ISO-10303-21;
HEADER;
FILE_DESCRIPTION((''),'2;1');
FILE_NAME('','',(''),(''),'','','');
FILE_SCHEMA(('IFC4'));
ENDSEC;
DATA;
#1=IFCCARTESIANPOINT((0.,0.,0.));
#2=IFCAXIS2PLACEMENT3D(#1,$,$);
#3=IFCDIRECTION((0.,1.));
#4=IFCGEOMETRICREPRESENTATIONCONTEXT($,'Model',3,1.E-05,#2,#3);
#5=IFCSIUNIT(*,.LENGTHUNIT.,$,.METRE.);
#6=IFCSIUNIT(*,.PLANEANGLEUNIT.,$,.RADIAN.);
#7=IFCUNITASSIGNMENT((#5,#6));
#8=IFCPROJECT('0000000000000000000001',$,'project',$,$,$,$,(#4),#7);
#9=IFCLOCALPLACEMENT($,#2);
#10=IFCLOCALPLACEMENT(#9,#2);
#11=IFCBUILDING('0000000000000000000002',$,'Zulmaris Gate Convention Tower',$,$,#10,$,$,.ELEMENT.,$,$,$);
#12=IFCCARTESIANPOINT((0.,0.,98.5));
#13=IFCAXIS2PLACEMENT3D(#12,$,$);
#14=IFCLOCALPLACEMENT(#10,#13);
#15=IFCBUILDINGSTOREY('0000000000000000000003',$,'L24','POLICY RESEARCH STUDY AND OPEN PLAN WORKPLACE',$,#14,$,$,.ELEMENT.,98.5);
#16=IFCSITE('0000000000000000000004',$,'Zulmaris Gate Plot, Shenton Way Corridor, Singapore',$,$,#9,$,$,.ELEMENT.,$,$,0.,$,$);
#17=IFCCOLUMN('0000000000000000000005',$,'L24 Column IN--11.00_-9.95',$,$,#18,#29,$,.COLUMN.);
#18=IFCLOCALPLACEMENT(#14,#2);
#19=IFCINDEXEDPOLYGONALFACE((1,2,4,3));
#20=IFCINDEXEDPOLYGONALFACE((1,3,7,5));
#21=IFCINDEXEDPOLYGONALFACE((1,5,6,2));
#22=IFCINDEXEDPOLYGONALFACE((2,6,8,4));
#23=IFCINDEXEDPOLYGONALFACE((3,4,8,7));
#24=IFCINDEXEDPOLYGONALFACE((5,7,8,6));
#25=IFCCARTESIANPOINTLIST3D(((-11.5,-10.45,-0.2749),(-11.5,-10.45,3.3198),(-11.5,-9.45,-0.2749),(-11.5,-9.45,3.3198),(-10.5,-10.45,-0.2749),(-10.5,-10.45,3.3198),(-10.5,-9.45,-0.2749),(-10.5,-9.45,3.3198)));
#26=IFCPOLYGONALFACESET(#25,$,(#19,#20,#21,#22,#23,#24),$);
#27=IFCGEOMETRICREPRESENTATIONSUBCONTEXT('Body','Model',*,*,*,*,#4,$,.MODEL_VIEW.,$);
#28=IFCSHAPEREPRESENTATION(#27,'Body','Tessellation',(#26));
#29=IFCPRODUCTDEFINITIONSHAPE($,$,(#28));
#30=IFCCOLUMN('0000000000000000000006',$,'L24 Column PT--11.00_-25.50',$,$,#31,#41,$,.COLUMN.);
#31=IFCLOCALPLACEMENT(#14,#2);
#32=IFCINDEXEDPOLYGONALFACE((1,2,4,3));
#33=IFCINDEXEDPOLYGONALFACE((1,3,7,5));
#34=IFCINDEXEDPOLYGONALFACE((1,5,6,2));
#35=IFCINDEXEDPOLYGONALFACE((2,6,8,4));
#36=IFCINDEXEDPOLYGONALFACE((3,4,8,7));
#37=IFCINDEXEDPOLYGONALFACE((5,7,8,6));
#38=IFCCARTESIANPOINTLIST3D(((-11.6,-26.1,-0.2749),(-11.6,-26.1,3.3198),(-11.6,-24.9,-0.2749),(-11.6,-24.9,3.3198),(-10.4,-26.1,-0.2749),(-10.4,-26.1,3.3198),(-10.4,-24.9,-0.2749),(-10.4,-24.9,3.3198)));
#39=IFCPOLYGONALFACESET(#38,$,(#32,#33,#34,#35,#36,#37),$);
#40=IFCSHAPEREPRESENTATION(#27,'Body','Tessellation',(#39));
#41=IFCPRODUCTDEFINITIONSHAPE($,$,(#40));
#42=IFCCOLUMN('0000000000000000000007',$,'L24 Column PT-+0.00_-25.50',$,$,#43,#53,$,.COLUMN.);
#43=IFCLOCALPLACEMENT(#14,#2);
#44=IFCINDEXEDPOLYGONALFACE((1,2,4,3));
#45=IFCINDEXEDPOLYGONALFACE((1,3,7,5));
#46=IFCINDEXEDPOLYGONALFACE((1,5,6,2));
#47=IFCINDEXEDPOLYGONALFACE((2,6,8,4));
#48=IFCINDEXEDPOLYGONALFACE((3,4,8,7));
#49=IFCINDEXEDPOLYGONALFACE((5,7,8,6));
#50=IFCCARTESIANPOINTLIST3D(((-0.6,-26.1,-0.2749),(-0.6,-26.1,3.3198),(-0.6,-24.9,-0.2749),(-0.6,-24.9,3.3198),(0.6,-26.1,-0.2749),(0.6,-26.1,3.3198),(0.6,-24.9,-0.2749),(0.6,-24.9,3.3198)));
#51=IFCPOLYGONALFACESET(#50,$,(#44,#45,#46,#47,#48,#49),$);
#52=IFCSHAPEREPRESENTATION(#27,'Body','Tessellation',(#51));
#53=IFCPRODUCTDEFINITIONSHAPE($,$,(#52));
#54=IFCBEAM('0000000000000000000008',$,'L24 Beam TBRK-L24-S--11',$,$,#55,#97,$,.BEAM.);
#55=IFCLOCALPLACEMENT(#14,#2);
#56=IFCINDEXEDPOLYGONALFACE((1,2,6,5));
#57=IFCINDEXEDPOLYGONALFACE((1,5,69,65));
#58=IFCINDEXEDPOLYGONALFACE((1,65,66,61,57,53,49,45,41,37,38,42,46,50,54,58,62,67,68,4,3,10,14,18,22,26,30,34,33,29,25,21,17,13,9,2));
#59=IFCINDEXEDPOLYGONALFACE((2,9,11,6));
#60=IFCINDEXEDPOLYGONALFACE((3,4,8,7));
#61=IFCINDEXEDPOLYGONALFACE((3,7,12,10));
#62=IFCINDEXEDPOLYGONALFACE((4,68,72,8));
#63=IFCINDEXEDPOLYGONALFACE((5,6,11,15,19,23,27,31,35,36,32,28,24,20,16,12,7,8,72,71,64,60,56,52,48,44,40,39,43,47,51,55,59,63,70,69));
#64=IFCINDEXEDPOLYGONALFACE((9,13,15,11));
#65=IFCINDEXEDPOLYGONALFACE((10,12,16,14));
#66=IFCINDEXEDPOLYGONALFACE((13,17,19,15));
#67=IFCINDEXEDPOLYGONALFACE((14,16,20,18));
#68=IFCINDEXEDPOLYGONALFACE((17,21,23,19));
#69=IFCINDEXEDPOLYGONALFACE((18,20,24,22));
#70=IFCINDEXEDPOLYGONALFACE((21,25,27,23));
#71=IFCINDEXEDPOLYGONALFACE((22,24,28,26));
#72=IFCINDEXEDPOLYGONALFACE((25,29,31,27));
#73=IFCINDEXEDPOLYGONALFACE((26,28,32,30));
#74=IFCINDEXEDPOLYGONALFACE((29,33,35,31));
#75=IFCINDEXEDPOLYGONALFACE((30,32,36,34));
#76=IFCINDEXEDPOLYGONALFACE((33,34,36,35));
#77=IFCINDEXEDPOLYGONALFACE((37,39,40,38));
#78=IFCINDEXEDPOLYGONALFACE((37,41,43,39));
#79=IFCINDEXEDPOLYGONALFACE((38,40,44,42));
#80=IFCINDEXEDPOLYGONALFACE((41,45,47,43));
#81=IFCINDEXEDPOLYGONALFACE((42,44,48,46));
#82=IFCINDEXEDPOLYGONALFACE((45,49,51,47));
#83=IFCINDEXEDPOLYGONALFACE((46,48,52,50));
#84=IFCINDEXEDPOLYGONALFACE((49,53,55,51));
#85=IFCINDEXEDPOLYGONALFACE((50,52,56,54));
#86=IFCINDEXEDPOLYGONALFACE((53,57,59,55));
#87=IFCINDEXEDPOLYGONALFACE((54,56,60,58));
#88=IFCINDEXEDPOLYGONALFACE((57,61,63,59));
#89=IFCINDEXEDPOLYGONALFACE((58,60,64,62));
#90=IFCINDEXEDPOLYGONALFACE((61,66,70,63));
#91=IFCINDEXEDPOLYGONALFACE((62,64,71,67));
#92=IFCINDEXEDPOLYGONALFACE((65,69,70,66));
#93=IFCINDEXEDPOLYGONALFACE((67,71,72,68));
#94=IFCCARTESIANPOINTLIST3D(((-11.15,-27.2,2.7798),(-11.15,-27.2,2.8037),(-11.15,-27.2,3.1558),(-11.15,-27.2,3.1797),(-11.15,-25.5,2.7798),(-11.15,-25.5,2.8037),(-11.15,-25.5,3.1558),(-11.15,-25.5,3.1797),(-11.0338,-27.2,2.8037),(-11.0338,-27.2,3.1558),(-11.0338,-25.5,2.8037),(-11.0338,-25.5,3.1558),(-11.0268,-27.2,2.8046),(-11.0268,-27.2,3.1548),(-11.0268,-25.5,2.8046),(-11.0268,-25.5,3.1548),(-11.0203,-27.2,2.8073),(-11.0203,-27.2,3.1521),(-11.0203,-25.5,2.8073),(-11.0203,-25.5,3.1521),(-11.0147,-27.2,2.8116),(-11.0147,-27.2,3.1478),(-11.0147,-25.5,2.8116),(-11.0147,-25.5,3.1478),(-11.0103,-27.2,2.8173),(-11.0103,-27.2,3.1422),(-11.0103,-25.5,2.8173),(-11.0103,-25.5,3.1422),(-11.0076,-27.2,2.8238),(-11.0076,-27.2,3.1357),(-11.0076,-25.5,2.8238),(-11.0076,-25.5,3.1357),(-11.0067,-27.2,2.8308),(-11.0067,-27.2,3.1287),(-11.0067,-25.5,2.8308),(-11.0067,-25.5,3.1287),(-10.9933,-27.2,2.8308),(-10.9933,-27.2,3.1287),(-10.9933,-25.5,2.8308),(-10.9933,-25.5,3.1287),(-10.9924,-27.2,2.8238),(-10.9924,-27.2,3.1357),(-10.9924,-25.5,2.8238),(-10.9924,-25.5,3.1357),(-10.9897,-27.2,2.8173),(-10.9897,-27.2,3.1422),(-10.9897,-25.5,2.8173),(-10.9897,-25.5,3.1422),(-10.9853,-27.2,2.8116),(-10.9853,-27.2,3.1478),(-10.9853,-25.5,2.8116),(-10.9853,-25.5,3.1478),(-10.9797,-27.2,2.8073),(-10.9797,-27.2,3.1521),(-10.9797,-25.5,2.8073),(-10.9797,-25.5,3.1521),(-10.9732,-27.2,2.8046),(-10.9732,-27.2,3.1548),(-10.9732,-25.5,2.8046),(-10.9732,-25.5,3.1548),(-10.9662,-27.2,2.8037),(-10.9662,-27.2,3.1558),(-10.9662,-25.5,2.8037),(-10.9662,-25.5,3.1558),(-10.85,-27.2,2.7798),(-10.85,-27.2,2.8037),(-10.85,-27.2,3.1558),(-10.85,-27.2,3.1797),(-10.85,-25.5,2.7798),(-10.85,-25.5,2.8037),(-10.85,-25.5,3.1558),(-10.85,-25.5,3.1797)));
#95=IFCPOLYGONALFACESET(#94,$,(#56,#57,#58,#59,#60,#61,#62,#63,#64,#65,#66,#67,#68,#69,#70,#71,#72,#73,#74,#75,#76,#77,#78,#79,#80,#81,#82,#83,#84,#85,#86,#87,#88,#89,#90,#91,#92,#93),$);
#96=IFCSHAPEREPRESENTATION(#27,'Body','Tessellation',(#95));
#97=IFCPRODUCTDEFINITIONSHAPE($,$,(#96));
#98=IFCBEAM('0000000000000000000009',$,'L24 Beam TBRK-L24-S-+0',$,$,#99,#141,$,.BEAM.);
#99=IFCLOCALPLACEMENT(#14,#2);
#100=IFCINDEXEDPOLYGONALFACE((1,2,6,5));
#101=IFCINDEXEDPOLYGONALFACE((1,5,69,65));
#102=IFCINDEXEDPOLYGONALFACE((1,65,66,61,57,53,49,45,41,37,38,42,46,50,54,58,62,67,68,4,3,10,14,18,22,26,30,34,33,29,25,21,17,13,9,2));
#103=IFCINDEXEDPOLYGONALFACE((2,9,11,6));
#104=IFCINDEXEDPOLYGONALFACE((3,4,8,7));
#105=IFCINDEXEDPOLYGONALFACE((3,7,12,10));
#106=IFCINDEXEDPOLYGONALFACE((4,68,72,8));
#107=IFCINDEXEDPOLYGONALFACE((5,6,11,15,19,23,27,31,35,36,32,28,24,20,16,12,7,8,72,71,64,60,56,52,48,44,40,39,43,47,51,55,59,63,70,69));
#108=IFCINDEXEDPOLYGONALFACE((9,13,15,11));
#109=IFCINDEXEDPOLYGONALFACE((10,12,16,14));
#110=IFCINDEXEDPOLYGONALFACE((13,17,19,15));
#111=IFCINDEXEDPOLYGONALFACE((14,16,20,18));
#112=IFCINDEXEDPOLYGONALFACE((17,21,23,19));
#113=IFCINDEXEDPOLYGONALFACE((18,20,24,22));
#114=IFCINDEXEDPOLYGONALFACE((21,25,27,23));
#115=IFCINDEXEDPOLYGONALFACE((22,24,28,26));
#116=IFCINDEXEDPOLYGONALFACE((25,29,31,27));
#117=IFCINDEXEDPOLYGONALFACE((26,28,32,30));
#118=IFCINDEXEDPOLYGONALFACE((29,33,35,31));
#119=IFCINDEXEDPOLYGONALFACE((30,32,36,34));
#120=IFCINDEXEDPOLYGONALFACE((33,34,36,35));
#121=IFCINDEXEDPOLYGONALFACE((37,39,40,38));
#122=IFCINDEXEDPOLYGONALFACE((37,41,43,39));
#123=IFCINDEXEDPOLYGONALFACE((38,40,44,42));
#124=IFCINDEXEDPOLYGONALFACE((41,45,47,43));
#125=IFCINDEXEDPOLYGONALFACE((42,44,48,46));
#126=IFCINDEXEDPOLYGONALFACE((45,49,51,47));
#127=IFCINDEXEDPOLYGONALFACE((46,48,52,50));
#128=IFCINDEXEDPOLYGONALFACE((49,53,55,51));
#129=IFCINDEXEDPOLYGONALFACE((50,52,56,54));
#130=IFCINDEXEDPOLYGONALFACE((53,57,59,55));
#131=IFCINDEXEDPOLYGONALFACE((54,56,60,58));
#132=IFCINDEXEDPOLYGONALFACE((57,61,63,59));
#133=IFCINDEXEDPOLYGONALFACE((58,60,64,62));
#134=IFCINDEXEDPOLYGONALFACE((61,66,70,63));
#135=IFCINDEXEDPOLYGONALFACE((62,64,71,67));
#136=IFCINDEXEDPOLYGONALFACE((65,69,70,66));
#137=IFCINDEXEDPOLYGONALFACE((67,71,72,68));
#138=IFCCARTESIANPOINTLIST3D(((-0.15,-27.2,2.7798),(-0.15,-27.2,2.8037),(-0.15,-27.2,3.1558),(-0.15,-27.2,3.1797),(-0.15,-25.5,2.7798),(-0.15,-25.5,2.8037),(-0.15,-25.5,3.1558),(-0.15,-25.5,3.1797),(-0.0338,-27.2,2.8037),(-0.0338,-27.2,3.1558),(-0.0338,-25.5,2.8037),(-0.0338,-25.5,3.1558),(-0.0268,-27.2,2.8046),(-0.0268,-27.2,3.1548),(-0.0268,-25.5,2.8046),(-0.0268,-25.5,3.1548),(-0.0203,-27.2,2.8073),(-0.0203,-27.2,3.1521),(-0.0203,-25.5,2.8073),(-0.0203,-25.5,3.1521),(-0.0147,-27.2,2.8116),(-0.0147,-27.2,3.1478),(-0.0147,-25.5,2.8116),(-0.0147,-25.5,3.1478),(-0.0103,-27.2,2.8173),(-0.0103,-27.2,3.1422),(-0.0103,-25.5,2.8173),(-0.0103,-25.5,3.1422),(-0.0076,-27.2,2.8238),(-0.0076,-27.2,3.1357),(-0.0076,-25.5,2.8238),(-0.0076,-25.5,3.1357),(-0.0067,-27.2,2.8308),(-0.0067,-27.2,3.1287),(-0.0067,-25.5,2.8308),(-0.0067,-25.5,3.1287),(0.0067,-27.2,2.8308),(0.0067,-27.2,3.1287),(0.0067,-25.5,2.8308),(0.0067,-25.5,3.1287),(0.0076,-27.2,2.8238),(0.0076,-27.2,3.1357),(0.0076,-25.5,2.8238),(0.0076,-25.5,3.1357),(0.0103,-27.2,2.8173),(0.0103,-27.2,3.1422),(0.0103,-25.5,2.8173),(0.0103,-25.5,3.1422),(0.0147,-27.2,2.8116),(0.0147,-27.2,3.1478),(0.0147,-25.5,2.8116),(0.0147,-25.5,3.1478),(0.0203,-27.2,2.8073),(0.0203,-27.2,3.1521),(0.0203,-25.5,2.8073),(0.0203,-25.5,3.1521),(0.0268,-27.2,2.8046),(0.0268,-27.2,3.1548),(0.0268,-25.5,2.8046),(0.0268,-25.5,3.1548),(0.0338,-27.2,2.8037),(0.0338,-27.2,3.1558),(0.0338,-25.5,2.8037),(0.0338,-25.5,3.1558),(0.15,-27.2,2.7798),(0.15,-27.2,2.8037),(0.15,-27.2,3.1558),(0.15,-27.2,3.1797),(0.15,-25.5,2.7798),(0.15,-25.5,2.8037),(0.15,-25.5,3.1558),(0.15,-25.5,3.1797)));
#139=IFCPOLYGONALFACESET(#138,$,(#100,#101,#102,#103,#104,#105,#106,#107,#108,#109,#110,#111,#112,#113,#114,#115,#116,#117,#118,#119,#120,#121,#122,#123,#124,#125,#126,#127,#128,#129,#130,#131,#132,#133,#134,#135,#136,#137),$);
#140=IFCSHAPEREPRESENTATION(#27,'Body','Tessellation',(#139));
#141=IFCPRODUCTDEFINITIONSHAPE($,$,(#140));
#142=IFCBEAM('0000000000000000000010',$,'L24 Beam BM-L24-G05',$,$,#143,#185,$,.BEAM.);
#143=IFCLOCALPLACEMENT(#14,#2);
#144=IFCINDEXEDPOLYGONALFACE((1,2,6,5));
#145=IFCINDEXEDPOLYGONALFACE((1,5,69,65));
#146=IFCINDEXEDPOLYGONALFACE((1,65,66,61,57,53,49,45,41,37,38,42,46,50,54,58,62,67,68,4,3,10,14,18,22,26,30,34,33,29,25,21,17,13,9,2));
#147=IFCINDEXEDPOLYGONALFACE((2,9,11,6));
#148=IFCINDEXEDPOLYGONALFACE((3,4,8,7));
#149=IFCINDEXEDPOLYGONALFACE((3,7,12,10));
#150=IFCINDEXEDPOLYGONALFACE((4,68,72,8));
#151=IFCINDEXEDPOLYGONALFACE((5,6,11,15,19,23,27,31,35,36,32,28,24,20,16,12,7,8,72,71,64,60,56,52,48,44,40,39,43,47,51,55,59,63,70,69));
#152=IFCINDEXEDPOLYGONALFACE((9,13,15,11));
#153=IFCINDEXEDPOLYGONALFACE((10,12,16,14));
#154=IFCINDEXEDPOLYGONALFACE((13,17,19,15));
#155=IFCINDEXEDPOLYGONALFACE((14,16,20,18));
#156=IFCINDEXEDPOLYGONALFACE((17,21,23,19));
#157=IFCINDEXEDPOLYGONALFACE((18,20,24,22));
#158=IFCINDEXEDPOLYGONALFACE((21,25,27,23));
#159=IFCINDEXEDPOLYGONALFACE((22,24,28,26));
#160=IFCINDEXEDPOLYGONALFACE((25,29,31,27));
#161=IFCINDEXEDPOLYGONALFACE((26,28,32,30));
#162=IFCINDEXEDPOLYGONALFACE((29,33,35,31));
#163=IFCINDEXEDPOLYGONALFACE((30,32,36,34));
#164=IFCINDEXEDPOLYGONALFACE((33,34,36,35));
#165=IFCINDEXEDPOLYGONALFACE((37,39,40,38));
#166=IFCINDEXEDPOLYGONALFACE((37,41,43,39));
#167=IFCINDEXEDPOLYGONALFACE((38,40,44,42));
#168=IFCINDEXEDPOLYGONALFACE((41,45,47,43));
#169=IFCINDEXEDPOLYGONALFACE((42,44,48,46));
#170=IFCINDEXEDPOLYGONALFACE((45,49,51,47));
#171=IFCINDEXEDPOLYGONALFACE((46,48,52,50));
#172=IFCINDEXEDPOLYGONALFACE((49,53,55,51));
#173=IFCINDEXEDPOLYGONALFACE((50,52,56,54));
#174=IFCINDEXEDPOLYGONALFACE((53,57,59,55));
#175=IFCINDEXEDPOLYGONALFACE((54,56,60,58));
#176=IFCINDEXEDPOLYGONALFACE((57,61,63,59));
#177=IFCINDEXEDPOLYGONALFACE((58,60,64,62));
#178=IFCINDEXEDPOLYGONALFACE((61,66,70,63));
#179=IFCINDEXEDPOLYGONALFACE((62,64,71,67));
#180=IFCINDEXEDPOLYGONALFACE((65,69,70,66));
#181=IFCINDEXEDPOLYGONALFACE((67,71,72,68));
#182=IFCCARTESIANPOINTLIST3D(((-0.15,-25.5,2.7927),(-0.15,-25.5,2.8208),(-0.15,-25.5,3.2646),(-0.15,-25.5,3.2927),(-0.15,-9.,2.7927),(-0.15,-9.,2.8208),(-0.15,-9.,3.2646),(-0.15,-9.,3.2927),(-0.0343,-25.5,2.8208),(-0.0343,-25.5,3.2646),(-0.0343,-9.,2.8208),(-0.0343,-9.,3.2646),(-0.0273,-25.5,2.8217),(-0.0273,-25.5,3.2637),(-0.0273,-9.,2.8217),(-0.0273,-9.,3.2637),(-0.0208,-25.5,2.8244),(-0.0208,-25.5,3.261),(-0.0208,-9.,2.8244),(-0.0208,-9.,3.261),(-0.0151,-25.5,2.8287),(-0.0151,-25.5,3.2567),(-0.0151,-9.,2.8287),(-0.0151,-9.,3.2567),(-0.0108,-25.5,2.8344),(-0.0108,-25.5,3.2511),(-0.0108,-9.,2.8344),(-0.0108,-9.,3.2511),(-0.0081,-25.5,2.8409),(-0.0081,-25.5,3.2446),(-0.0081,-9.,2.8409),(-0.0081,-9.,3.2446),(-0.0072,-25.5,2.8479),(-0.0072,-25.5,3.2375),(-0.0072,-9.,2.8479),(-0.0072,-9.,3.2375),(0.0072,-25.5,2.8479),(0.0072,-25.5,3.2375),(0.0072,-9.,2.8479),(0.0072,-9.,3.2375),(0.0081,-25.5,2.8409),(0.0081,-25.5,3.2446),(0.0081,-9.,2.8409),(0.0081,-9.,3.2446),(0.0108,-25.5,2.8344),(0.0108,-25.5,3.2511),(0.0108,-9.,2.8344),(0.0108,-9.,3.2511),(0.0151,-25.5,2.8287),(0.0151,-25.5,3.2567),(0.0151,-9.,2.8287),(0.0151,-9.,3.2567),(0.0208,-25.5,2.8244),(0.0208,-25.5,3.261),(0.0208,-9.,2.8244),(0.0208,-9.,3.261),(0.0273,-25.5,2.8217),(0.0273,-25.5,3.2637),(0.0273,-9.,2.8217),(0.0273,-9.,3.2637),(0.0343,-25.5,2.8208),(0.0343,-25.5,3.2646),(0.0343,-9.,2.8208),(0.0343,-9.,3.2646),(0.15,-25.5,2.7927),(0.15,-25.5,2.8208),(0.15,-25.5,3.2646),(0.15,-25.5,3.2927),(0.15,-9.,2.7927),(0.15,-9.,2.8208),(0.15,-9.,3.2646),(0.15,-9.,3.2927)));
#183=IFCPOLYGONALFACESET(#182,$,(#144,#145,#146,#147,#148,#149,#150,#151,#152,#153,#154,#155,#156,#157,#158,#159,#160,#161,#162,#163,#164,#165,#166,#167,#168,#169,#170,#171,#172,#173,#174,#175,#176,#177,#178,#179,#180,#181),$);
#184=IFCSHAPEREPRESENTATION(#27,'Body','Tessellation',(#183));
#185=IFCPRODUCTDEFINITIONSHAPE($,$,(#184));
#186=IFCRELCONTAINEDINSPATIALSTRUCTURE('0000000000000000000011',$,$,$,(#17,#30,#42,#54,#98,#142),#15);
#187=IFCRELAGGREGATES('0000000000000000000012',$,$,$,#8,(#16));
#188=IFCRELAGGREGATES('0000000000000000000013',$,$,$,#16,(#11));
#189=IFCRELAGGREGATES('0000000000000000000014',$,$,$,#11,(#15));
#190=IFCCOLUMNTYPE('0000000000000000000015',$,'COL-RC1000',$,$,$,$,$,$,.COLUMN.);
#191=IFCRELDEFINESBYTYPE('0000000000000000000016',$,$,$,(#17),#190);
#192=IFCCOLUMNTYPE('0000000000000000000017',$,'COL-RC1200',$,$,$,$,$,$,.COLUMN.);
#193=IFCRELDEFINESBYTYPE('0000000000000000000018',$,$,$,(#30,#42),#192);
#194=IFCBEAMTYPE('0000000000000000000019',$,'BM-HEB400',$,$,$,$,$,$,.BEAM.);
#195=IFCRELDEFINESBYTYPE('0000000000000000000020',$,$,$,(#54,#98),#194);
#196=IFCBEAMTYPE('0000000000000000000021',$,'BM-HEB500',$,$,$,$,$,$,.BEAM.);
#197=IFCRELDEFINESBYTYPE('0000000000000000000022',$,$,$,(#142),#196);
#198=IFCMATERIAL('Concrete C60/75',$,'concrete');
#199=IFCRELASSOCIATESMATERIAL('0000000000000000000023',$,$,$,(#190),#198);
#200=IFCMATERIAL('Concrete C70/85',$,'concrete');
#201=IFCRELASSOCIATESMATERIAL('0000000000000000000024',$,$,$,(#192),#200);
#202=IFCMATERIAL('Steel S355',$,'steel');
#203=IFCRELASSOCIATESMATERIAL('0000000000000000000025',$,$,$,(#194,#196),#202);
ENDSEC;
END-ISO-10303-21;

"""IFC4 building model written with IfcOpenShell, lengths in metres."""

from ifc_helpers import new_model, si_unit, direction, frame, origin, origin_2d, place, context, subcontext, project, spatial, rectangle, i_section, extrude, material, material_profile, profile_set, type_object, element, save


model = new_model("IFC4")

# Units and contexts
model_context = context("Model", 3, precision=1e-05, world=origin(), true_north=direction((0.0, 1.0)))
body_context = subcontext(model_context, "Body", "Model", "MODEL_VIEW")
ifc_project = project(units=[si_unit("LENGTHUNIT", "METRE"), si_unit("PLANEANGLEUNIT", "RADIAN")], contexts=[model_context])

# Site, building, storey
site_placement = place(None, origin())
site = spatial("IfcSite", under=ifc_project, at=site_placement, Name="Zulmaris Gate Plot, Shenton Way Corridor, Singapore", CompositionType="ELEMENT", RefElevation=0.0)
building_placement = place(site_placement, origin())
building = spatial("IfcBuilding", under=site, at=building_placement, Name="Zulmaris Gate Convention Tower", CompositionType="ELEMENT")
storey_placement = place(building_placement, frame((0.0, 0.0, 98.5)))
storey = spatial("IfcBuildingStorey", under=building, at=storey_placement, Name="L24", Description="POLICY RESEARCH STUDY AND OPEN PLAN WORKPLACE", CompositionType="ELEMENT", Elevation=98.5)

# Columns
ifc_material_1 = material(Name="Concrete C60/75", Category="concrete")
ifc_material_profile_1 = material_profile(ifc_material_1, rectangle(XDim=1.0, YDim=1.0, at=origin_2d()), Name="RC COL 1000x1000")
ifc_profile_set_1 = profile_set([ifc_material_profile_1], Name="Concrete C60/75")
column_type_1 = type_object("IfcColumnType", Name="COL-RC1000", PredefinedType="COLUMN", material=ifc_profile_set_1)
column_placement = place(storey_placement, frame((-11.0, -9.95, -0.2749), z_axis=(0.0, 0.0, 1.0), x_axis=(1.0, 0.0, 0.0)))
element("IfcColumn", 1, at=column_placement, inside=storey, type_object=column_type_1, Name="L24 Column IN--11.00_-9.95", PredefinedType="COLUMN", context=body_context, shape_type="SweptSolid", body=[
    extrude(rectangle(XDim=1.0, YDim=1.0, at=origin_2d()), origin(), (0.0, 0.0, 1.0), 3.5947),
])
ifc_material_2 = material(Name="Concrete C70/85", Category="concrete")
ifc_material_profile_2 = material_profile(ifc_material_2, rectangle(XDim=1.2, YDim=1.2, at=origin_2d()), Name="RC COL 1200x1200")
ifc_profile_set_2 = profile_set([ifc_material_profile_2], Name="Concrete C70/85")
column_type_2 = type_object("IfcColumnType", Name="COL-RC1200", PredefinedType="COLUMN", material=ifc_profile_set_2)
for number, where, z_axis, x_axis, name in (
    (2, (-11.0, -25.5, -0.2749), (0.0, 0.0, 1.0), (1.0, 0.0, 0.0), "L24 Column PT--11.00_-25.50"),
    (3, (0.0, -25.5, -0.2749), (0.0, 0.0, 1.0), (1.0, 0.0, 0.0), "L24 Column PT-+0.00_-25.50"),
):
    element("IfcColumn", number, at=place(storey_placement, frame(where, z_axis=z_axis, x_axis=x_axis)), inside=storey, type_object=column_type_2, Name=name, PredefinedType="COLUMN", context=body_context, shape_type="SweptSolid", body=[
        extrude(rectangle(XDim=1.2, YDim=1.2, at=origin_2d()), origin(), (0.0, 0.0, 1.0), 3.5947),
    ])

# Beams
ifc_material_3 = material(Name="Steel S355", Category="steel")
ifc_material_profile_3 = material_profile(ifc_material_3, i_section(OverallWidth=0.3, OverallDepth=0.3999, WebThickness=0.0134, FlangeThickness=0.0239, FilletRadius=0.0271, at=origin_2d()), Name="HEB 400")
ifc_profile_set_3 = profile_set([ifc_material_profile_3], Name="Steel S355")
beam_type_1 = type_object("IfcBeamType", Name="BM-HEB400", PredefinedType="BEAM", material=ifc_profile_set_3)
for number, where, z_axis, x_axis, name in (
    (4, (-11.0, -27.2, 2.9797), (0.0, 1.0, 0.0), (-1.0, 0.0, 0.0), "L24 Beam TBRK-L24-S--11"),
    (5, (0.0, -27.2, 2.9797), (0.0, 1.0, 0.0), (-1.0, 0.0, 0.0), "L24 Beam TBRK-L24-S-+0"),
):
    element("IfcBeam", number, at=place(storey_placement, frame(where, z_axis=z_axis, x_axis=x_axis)), inside=storey, type_object=beam_type_1, Name=name, PredefinedType="BEAM", context=body_context, shape_type="SweptSolid", body=[
        extrude(i_section(OverallWidth=0.3, OverallDepth=0.3999, WebThickness=0.0134, FlangeThickness=0.0239, FilletRadius=0.0271, at=origin_2d()), origin(), (0.0, 0.0, 1.0), 1.7),
    ])
ifc_material_profile_4 = material_profile(ifc_material_3, i_section(OverallWidth=0.3, OverallDepth=0.5, WebThickness=0.0144, FlangeThickness=0.0281, FilletRadius=0.0271, at=origin_2d()), Name="HEB 500")
ifc_profile_set_4 = profile_set([ifc_material_profile_4], Name="Steel S355")
beam_type_2 = type_object("IfcBeamType", Name="BM-HEB500", PredefinedType="BEAM", material=ifc_profile_set_4)
beam_1_placement = place(storey_placement, frame((0.0, -25.5, 3.0427), z_axis=(0.0, 1.0, 0.0), x_axis=(-1.0, 0.0, 0.0)))
element("IfcBeam", 6, at=beam_1_placement, inside=storey, type_object=beam_type_2, Name="L24 Beam BM-L24-G05", PredefinedType="BEAM", context=body_context, shape_type="SweptSolid", body=[
    extrude(i_section(OverallWidth=0.3, OverallDepth=0.5, WebThickness=0.0144, FlangeThickness=0.0281, FilletRadius=0.0271, at=origin_2d()), origin(), (0.0, 0.0, 1.0), 16.5),
])

save(model, "model.ifc")
